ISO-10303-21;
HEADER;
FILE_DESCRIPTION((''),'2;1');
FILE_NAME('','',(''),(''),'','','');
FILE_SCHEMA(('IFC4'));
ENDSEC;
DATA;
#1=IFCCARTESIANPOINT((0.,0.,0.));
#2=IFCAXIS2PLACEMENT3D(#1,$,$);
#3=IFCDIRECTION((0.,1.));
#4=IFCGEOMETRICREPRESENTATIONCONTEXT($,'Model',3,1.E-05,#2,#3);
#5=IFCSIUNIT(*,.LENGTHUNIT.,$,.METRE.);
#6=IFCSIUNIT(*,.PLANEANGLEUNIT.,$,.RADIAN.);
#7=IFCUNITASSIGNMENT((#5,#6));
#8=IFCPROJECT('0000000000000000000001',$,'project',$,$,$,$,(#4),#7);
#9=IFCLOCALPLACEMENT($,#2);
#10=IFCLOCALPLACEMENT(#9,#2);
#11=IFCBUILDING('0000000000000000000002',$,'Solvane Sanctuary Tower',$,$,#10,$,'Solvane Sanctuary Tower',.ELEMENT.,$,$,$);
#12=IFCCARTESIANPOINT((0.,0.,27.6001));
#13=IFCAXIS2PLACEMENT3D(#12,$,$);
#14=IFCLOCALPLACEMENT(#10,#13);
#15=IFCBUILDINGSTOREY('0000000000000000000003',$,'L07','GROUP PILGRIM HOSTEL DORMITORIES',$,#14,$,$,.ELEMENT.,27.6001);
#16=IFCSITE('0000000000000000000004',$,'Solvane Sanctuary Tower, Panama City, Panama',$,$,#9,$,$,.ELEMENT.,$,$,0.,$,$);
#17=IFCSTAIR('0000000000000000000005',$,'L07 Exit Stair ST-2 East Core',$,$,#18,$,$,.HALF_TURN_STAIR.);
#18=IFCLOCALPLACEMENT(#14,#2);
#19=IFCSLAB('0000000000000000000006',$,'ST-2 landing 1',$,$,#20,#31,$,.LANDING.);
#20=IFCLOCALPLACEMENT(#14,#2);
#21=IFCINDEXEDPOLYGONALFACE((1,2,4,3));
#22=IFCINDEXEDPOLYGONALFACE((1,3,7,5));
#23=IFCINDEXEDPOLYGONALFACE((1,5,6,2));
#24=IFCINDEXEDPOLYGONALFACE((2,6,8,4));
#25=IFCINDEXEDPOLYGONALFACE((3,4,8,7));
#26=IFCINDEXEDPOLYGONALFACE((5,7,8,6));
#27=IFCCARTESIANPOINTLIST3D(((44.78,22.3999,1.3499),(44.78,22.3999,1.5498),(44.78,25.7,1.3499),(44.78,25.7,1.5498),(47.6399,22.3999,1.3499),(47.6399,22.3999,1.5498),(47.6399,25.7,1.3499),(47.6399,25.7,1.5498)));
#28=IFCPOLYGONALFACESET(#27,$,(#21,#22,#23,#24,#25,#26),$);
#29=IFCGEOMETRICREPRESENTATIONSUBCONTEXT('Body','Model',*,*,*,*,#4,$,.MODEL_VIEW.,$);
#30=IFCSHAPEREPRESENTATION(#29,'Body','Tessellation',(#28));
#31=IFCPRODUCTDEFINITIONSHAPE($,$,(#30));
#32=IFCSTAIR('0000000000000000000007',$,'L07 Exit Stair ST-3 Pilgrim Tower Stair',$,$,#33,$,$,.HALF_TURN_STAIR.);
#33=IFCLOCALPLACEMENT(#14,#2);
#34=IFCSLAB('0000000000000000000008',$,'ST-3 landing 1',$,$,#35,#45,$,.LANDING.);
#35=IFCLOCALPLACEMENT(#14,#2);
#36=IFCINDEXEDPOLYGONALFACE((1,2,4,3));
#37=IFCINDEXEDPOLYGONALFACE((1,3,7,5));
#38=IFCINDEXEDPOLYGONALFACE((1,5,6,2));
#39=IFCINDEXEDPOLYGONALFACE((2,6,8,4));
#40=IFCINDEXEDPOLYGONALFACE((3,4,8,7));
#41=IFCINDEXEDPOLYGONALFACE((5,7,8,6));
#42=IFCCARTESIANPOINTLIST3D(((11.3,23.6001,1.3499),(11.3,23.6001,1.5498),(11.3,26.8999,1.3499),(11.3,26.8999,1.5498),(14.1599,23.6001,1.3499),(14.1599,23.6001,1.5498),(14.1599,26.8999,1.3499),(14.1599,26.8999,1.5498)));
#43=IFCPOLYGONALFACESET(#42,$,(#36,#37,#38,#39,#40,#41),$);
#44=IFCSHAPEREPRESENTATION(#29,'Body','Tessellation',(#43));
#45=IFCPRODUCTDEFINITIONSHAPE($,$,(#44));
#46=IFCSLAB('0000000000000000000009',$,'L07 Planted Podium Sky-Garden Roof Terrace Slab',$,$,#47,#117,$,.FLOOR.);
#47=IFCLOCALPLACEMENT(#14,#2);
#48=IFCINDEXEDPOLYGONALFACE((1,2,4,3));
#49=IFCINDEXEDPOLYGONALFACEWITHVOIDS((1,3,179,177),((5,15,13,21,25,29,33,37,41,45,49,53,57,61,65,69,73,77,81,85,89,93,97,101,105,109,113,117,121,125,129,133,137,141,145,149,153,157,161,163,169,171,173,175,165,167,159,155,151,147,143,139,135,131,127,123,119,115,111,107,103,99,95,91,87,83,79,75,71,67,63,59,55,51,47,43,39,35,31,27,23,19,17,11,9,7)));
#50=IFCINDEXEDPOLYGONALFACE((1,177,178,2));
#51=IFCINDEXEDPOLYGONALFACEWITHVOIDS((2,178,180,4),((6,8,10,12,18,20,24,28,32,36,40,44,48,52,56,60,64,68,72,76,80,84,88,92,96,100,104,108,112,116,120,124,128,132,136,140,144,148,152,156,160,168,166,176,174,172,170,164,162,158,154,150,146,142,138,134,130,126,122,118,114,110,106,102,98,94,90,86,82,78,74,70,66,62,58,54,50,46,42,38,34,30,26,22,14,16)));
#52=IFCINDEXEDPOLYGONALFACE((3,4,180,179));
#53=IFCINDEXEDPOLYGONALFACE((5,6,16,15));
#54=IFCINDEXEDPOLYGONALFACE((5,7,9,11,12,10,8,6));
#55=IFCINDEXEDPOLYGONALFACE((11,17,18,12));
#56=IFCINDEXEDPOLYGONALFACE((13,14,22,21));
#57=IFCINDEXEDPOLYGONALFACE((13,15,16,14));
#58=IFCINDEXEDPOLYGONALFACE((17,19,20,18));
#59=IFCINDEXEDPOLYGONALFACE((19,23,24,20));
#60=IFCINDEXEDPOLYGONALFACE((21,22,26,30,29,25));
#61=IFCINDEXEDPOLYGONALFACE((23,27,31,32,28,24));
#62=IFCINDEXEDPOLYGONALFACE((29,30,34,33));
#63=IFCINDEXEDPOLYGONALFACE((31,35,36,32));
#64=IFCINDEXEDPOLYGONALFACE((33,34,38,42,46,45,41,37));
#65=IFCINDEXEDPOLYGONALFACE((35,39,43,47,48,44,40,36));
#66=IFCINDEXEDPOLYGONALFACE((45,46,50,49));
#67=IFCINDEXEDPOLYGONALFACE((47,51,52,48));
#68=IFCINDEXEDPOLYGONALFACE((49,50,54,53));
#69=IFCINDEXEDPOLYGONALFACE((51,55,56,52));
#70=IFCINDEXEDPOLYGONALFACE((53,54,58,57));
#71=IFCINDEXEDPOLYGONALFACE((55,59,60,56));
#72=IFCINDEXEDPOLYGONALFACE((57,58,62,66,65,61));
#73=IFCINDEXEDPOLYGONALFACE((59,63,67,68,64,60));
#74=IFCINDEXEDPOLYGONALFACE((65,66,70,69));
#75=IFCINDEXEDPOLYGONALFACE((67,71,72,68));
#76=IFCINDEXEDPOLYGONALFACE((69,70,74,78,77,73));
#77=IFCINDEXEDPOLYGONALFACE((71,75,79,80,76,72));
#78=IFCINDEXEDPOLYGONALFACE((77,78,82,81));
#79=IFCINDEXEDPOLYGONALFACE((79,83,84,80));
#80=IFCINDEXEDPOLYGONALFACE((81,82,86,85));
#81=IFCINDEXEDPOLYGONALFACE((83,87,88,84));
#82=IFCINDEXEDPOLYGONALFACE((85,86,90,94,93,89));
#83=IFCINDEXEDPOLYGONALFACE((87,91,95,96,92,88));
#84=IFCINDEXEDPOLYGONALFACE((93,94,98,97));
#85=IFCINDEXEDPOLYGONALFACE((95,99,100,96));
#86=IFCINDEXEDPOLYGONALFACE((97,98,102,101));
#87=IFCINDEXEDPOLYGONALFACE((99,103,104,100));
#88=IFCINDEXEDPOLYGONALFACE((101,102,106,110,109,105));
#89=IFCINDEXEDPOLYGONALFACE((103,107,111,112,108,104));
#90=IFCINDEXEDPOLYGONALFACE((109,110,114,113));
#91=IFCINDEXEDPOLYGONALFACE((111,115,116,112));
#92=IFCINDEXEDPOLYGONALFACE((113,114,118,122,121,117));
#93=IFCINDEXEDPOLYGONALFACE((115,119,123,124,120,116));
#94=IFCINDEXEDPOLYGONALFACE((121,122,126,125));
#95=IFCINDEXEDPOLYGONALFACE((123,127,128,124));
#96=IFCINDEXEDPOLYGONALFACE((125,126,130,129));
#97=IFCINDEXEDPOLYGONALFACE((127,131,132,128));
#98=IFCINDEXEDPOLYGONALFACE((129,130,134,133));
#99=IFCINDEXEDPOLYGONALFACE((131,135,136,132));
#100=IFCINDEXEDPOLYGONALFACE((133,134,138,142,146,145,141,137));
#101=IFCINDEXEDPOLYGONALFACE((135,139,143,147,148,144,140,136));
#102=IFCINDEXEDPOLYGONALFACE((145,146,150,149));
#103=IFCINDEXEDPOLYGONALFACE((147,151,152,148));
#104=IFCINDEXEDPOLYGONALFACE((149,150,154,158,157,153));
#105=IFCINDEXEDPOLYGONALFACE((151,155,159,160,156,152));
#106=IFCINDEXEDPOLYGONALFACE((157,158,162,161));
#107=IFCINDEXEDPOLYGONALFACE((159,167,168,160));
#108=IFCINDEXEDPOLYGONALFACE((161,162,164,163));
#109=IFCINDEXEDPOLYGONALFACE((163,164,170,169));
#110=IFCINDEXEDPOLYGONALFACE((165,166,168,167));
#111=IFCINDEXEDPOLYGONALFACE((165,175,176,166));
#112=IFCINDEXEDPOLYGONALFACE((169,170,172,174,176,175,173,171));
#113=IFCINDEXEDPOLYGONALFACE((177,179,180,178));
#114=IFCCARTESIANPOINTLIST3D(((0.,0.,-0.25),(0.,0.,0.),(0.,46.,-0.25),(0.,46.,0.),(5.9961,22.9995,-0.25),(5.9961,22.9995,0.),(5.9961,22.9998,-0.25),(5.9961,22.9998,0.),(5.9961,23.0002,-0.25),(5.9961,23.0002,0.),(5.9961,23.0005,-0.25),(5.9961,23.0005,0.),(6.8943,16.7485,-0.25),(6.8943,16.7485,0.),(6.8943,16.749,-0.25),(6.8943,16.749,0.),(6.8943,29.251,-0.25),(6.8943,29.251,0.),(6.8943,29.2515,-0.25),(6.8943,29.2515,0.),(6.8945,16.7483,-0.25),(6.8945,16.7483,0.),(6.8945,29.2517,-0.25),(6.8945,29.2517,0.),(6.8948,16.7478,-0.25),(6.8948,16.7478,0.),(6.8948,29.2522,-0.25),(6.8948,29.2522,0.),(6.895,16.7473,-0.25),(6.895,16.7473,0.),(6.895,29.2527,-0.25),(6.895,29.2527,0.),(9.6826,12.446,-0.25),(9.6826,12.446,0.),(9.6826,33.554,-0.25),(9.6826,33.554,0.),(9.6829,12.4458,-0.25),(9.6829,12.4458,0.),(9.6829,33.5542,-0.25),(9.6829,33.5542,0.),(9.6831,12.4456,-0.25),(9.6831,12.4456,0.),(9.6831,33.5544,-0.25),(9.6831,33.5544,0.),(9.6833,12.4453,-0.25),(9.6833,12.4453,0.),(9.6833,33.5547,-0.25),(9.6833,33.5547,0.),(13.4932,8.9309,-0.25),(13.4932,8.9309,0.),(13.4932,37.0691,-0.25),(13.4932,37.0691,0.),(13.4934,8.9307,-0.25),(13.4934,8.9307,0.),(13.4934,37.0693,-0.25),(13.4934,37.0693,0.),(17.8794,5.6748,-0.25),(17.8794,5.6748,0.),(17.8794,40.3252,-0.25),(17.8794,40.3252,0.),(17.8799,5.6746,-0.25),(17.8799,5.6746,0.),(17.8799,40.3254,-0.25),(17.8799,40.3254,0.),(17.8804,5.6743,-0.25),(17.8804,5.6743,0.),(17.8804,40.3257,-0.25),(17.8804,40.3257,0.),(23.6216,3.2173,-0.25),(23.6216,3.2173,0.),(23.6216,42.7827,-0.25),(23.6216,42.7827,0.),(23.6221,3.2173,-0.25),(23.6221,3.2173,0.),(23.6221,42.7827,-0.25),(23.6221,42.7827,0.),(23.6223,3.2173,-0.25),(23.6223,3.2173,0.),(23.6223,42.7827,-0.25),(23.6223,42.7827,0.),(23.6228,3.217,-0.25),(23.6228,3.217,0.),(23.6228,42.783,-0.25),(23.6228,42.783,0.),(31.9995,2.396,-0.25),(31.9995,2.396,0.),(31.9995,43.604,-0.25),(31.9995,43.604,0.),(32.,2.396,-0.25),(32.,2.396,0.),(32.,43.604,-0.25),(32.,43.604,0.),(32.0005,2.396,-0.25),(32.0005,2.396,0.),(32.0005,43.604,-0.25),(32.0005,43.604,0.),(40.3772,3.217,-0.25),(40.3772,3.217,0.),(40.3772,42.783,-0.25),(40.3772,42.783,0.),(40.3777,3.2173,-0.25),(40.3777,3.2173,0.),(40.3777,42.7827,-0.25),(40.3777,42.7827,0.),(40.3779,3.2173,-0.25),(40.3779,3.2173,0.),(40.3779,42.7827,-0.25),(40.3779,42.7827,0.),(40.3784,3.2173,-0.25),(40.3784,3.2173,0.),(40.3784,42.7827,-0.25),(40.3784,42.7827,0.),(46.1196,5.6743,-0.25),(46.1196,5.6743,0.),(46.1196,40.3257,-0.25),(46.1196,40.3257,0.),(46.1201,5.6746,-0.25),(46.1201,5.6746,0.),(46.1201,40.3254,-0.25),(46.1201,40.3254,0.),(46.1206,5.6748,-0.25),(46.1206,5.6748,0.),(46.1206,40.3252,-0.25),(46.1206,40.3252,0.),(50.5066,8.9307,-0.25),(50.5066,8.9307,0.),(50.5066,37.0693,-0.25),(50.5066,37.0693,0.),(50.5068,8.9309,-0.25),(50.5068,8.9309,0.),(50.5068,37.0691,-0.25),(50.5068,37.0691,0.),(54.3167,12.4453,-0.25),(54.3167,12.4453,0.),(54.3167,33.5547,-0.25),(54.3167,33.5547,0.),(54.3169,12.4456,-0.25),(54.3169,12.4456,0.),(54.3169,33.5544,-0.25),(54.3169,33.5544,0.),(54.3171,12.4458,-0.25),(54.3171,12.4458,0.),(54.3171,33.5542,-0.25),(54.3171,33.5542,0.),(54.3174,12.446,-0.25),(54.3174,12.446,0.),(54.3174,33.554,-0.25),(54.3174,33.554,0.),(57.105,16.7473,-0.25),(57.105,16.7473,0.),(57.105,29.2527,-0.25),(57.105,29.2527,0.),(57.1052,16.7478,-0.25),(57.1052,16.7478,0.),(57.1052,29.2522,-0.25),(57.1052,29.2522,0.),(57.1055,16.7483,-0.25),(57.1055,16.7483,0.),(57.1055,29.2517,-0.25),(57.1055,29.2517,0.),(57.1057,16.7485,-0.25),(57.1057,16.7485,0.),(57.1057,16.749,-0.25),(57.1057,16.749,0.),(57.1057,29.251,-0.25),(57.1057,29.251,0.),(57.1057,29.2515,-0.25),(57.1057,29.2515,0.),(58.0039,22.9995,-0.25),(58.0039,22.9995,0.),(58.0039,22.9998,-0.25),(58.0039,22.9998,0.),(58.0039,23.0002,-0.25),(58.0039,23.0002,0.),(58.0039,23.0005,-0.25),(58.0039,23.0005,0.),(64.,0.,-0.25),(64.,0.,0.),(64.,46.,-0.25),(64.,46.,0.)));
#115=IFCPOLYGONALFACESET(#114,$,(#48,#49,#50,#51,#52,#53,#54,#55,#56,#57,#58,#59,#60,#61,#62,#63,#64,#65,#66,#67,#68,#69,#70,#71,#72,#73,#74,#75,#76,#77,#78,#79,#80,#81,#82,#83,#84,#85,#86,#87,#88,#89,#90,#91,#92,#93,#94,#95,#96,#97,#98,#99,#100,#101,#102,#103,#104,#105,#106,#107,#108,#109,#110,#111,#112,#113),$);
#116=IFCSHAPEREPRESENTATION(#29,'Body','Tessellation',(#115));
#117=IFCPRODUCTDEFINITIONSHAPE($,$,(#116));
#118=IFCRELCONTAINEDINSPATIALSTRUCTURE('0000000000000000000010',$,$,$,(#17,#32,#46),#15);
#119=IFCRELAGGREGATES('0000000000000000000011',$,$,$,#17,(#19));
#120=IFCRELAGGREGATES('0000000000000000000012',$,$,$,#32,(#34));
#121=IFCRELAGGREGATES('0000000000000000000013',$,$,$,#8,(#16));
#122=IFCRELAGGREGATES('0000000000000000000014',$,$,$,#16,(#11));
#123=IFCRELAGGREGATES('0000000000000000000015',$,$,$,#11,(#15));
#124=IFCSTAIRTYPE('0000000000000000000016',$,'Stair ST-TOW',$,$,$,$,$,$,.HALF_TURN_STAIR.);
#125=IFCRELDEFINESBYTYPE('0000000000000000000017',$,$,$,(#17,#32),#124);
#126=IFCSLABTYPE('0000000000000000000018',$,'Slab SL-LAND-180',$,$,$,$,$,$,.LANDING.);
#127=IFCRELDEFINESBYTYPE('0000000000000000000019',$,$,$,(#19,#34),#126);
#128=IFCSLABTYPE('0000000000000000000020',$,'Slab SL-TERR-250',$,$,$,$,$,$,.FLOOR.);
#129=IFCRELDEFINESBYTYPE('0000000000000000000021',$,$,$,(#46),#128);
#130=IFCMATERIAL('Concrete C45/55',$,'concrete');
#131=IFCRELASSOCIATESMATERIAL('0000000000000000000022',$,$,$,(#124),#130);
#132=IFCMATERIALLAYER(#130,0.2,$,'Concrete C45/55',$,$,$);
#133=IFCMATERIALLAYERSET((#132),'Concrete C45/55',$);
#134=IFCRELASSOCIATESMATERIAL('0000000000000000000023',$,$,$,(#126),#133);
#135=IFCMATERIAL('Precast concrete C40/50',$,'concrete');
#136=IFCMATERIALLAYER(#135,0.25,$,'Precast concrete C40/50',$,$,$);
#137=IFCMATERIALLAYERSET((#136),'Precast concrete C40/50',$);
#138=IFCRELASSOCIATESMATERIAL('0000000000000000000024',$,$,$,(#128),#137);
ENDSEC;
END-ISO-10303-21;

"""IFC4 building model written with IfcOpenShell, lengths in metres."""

from ifc_helpers import new_model, si_unit, direction, frame, origin, place, context, subcontext, project, spatial, polyline, outline, extrude, material, layer, layer_set, type_object, element, aggregate, save


model = new_model("IFC4")

# Units and contexts
model_context = context("Model", 3, precision=1e-05, world=origin(), true_north=direction((0.0, 1.0)))
body_context = subcontext(model_context, "Body", "Model", "MODEL_VIEW")
ifc_project = project(units=[si_unit("LENGTHUNIT", "METRE"), si_unit("PLANEANGLEUNIT", "RADIAN")], contexts=[model_context])

# Site, building, storey
site_placement = place(None, origin())
site = spatial("IfcSite", under=ifc_project, at=site_placement, Name="Solvane Sanctuary Tower, Panama City, Panama", CompositionType="ELEMENT", RefElevation=0.0)
building_placement = place(site_placement, origin())
building = spatial("IfcBuilding", under=site, at=building_placement, Name="Solvane Sanctuary Tower", LongName="Solvane Sanctuary Tower", CompositionType="ELEMENT")
storey_placement = place(building_placement, frame((0.0, 0.0, 27.6001)))
storey = spatial("IfcBuildingStorey", under=building, at=storey_placement, Name="L07", Description="GROUP PILGRIM HOSTEL DORMITORIES", CompositionType="ELEMENT", Elevation=27.6001)

# Stairs, slabs
ifc_material_1 = material(Name="Concrete C45/55", Category="concrete")
stair_type = type_object("IfcStairType", Name="Stair ST-TOW", PredefinedType="HALF_TURN_STAIR", material=ifc_material_1)
ifc_layer_1 = layer(ifc_material_1, 0.2, Name="Concrete C45/55")
ifc_layer_set_1 = layer_set([ifc_layer_1], Name="Concrete C45/55")
slab_type_1 = type_object("IfcSlabType", Name="Slab SL-LAND-180", PredefinedType="LANDING", material=ifc_layer_set_1)
stair_1_placement = place(storey_placement, origin())
stair_1 = element("IfcStair", 1, at=stair_1_placement, inside=storey, type_object=stair_type, Name="L07 Exit Stair ST-2 East Core", PredefinedType="HALF_TURN_STAIR")
slab_1_placement = place(storey_placement, frame((0.0, 0.0, 1.3499)))
slab_1 = element("IfcSlab", 2, at=slab_1_placement, type_object=slab_type_1, Name="ST-2 landing 1", PredefinedType="LANDING", context=body_context, shape_type="SweptSolid", body=[
    extrude(outline(polyline([(47.6399, 22.3999), (47.6399, 25.7), (44.78, 25.7), (44.78, 22.3999), (47.6399, 22.3999)])), origin(), (0.0, 0.0, 1.0), 0.2),
])
aggregate(stair_1, [slab_1])
stair_2_placement = place(storey_placement, origin())
stair_2 = element("IfcStair", 3, at=stair_2_placement, inside=storey, type_object=stair_type, Name="L07 Exit Stair ST-3 Pilgrim Tower Stair", PredefinedType="HALF_TURN_STAIR")
slab_2_placement = place(storey_placement, frame((0.0, 0.0, 1.3499)))
slab_2 = element("IfcSlab", 4, at=slab_2_placement, type_object=slab_type_1, Name="ST-3 landing 1", PredefinedType="LANDING", context=body_context, shape_type="SweptSolid", body=[
    extrude(outline(polyline([(14.1599, 23.6001), (14.1599, 26.8999), (11.3, 26.8999), (11.3, 23.6001), (14.1599, 23.6001)])), origin(), (0.0, 0.0, 1.0), 0.2),
])
aggregate(stair_2, [slab_2])

# Slab
ifc_material_2 = material(Name="Precast concrete C40/50", Category="concrete")
ifc_layer_2 = layer(ifc_material_2, 0.25, Name="Precast concrete C40/50")
ifc_layer_set_2 = layer_set([ifc_layer_2], Name="Precast concrete C40/50")
slab_type_2 = type_object("IfcSlabType", Name="Slab SL-TERR-250", PredefinedType="FLOOR", material=ifc_layer_set_2)
slab_3_placement = place(storey_placement, frame((0.0, 0.0, -0.25)))
element("IfcSlab", 5, at=slab_3_placement, inside=storey, type_object=slab_type_2, Name="L07 Planted Podium Sky-Garden Roof Terrace Slab", PredefinedType="FLOOR", context=body_context, shape_type="SweptSolid", body=[
    extrude(outline(polyline([(0.0, 0.0), (64.0, 0.0), (64.0, 46.0), (0.0, 46.0), (0.0, 0.0)]), holes=[polyline([(58.0039, 22.9995), (57.1057, 16.749), (57.1057, 16.7485), (57.1055, 16.7483), (57.1052, 16.7478), (57.105, 16.7473), (54.3174, 12.446), (54.3171, 12.4458), (54.3169, 12.4456), (54.3167, 12.4453), (50.5068, 8.9309), (50.5066, 8.9307), (46.1206, 5.6748), (46.1201, 5.6746), (46.1196, 5.6743), (40.3784, 3.2173), (40.3779, 3.2173), (40.3777, 3.2173), (40.3772, 3.217), (32.0005, 2.396), (32.0, 2.396), (31.9995, 2.396), (23.6228, 3.217), (23.6223, 3.2173), (23.6221, 3.2173), (23.6216, 3.2173), (17.8804, 5.6743), (17.8799, 5.6746), (17.8794, 5.6748), (13.4934, 8.9307), (13.4932, 8.9309), (9.6833, 12.4453), (9.6831, 12.4456), (9.6829, 12.4458), (9.6826, 12.446), (6.895, 16.7473), (6.8948, 16.7478), (6.8945, 16.7483), (6.8943, 16.7485), (6.8943, 16.749), (5.9961, 22.9995), (5.9961, 22.9998), (5.9961, 23.0002), (5.9961, 23.0005), (6.8943, 29.251), (6.8943, 29.2515), (6.8945, 29.2517), (6.8948, 29.2522), (6.895, 29.2527), (9.6826, 33.554), (9.6829, 33.5542), (9.6831, 33.5544), (9.6833, 33.5547), (13.4932, 37.0691), (13.4934, 37.0693), (17.8794, 40.3252), (17.8799, 40.3254), (17.8804, 40.3257), (23.6216, 42.7827), (23.6221, 42.7827), (23.6223, 42.7827), (23.6228, 42.783), (31.9995, 43.604), (32.0, 43.604), (32.0005, 43.604), (40.3772, 42.783), (40.3777, 42.7827), (40.3779, 42.7827), (40.3784, 42.7827), (46.1196, 40.3257), (46.1201, 40.3254), (46.1206, 40.3252), (50.5066, 37.0693), (50.5068, 37.0691), (54.3167, 33.5547), (54.3169, 33.5544), (54.3171, 33.5542), (54.3174, 33.554), (57.105, 29.2527), (57.1052, 29.2522), (57.1055, 29.2517), (57.1057, 29.2515), (57.1057, 29.251), (58.0039, 23.0005), (58.0039, 23.0002), (58.0039, 22.9998), (58.0039, 22.9995)])]), origin(), (0.0, 0.0, 1.0), 0.25),
])

save(model, "model.ifc")
